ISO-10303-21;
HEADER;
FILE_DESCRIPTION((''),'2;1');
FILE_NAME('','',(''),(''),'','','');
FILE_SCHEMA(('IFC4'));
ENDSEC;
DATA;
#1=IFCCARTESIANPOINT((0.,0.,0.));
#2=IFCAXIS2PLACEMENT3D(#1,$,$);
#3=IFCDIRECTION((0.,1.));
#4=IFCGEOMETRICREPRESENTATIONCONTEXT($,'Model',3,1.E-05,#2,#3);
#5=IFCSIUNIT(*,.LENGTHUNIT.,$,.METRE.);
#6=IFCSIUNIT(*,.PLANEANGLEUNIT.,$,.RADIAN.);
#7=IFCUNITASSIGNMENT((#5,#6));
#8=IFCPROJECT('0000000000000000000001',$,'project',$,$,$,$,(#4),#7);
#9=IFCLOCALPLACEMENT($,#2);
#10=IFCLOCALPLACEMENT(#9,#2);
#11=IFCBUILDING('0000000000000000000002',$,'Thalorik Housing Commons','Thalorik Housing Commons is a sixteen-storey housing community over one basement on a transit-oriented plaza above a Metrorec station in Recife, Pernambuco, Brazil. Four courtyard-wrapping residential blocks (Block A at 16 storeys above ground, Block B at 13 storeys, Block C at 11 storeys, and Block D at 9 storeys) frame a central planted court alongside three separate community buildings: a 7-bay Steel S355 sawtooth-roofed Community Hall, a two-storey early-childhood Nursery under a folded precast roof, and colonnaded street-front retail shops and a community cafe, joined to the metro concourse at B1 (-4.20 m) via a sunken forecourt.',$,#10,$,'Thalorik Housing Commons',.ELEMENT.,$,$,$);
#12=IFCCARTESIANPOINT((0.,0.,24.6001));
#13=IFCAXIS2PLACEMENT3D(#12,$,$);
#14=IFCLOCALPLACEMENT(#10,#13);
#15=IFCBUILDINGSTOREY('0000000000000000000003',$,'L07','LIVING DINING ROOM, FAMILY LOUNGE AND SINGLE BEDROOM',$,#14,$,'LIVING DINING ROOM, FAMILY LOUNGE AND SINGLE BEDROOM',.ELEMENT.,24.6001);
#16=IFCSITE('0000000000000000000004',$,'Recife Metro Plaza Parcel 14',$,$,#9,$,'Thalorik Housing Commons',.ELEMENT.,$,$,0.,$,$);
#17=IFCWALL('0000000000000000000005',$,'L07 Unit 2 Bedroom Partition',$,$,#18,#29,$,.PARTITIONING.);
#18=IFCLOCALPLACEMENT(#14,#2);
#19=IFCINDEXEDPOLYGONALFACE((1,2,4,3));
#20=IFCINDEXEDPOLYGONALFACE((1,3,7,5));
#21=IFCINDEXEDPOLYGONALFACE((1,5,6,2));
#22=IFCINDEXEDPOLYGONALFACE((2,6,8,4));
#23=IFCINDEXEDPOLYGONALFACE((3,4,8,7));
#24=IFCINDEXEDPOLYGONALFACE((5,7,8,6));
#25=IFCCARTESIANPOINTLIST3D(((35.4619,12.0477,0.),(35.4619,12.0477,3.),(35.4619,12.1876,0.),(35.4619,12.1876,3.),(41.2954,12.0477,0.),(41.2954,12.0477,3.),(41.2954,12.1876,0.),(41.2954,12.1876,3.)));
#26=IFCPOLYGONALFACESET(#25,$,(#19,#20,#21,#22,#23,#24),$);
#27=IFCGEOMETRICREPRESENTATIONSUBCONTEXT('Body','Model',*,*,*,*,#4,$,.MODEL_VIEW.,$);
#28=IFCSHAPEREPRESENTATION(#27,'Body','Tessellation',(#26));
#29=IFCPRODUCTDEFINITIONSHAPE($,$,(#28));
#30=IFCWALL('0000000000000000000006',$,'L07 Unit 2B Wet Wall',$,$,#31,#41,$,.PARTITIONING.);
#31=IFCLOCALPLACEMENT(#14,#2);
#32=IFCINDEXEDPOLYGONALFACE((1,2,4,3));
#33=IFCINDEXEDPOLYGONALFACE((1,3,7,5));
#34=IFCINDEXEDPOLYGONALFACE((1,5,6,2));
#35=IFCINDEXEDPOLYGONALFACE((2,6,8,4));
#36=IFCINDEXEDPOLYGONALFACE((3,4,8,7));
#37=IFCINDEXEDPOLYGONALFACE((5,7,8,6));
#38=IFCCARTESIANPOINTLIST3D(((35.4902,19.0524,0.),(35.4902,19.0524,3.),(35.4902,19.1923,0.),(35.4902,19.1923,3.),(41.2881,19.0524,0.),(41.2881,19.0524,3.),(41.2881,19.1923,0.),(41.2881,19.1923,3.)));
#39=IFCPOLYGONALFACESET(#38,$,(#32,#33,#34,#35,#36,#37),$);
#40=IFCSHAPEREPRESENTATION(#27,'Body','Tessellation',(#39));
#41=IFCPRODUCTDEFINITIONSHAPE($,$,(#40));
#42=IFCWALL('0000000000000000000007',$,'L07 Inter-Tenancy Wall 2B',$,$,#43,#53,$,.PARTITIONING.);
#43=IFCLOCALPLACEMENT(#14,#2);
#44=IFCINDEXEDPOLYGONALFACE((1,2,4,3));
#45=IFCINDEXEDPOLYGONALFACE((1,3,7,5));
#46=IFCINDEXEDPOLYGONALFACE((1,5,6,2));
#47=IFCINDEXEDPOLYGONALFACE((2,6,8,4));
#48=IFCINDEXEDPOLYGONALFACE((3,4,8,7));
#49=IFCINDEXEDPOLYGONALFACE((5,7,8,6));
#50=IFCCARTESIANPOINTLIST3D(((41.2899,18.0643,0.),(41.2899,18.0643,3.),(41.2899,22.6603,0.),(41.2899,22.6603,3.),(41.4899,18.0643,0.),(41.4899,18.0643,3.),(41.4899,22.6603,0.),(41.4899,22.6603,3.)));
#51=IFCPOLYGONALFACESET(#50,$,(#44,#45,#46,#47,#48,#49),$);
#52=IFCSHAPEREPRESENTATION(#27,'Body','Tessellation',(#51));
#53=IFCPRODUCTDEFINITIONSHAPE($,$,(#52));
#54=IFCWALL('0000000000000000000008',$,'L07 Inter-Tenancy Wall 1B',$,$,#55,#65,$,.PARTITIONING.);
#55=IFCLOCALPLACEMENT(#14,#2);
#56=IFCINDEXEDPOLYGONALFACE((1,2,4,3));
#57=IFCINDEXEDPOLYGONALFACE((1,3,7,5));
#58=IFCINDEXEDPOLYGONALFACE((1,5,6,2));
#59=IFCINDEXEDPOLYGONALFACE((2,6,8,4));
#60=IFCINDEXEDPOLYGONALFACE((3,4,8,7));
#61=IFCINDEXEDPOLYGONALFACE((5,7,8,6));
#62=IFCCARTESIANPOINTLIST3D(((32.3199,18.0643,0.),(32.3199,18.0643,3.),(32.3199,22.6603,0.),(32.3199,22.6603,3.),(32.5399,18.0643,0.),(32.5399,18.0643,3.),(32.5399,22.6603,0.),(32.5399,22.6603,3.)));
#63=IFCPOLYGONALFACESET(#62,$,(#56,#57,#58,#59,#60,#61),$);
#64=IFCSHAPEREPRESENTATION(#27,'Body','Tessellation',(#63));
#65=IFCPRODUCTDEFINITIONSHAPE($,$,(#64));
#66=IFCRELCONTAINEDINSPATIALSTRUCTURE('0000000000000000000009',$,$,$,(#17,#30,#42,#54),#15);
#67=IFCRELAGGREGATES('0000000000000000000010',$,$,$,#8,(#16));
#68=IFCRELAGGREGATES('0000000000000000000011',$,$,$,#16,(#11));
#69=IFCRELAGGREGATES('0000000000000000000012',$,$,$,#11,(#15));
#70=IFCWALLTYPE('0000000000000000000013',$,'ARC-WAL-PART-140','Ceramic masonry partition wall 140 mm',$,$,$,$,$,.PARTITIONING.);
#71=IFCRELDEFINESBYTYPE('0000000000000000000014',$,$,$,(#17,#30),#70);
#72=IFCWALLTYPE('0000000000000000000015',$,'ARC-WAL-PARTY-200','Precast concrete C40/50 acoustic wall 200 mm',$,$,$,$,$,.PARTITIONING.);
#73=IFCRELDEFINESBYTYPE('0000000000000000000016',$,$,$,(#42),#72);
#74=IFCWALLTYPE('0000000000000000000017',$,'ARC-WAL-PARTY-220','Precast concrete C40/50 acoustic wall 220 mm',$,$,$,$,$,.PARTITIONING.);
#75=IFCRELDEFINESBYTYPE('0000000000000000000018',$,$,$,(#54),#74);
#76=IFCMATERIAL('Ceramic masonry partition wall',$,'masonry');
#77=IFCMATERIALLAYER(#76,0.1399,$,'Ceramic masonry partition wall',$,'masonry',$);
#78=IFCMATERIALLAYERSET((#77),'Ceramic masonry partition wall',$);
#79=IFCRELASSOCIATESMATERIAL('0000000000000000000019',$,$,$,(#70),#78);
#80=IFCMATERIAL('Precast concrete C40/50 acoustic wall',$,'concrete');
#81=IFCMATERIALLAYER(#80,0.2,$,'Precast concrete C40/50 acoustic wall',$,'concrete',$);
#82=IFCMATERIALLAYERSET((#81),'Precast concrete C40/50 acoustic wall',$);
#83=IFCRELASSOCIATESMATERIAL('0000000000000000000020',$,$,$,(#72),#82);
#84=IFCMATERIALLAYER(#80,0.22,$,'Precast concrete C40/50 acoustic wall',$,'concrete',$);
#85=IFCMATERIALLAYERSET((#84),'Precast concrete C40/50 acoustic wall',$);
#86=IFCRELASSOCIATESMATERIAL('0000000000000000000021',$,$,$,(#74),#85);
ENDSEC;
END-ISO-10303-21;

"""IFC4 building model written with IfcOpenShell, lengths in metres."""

from ifc_helpers import new_model, si_unit, direction, frame, frame_2d, origin, place, context, subcontext, project, spatial, rectangle, extrude, material, layer, layer_set, type_object, element, save


model = new_model("IFC4")

# Units and contexts
model_context = context("Model", 3, precision=1e-05, world=origin(), true_north=direction((0.0, 1.0)))
body_context = subcontext(model_context, "Body", "Model", "MODEL_VIEW")
ifc_project = project(units=[si_unit("LENGTHUNIT", "METRE"), si_unit("PLANEANGLEUNIT", "RADIAN")], contexts=[model_context])

# Site, building, storey
site_placement = place(None, origin())
site = spatial("IfcSite", under=ifc_project, at=site_placement, Name="Recife Metro Plaza Parcel 14", LongName="Thalorik Housing Commons", CompositionType="ELEMENT", RefElevation=0.0)
building_placement = place(site_placement, origin())
building = spatial("IfcBuilding", under=site, at=building_placement, Name="Thalorik Housing Commons", Description="Thalorik Housing Commons is a sixteen-storey housing community over one basement on a transit-oriented plaza above a Metrorec station in Recife, Pernambuco, Brazil. Four courtyard-wrapping residential blocks (Block A at 16 storeys above ground, Block B at 13 storeys, Block C at 11 storeys, and Block D at 9 storeys) frame a central planted court alongside three separate community buildings: a 7-bay Steel S355 sawtooth-roofed Community Hall, a two-storey early-childhood Nursery under a folded precast roof, and colonnaded street-front retail shops and a community cafe, joined to the metro concourse at B1 (-4.20 m) via a sunken forecourt.", LongName="Thalorik Housing Commons", CompositionType="ELEMENT")
storey_placement = place(building_placement, frame((0.0, 0.0, 24.6001)))
storey = spatial("IfcBuildingStorey", under=building, at=storey_placement, Name="L07", Description="LIVING DINING ROOM, FAMILY LOUNGE AND SINGLE BEDROOM", LongName="LIVING DINING ROOM, FAMILY LOUNGE AND SINGLE BEDROOM", CompositionType="ELEMENT", Elevation=24.6001)

# Walls
ifc_material_1 = material(Name="Ceramic masonry partition wall", Category="masonry")
ifc_layer_1 = layer(ifc_material_1, 0.1399, Name="Ceramic masonry partition wall", Category="masonry")
ifc_layer_set_1 = layer_set([ifc_layer_1], Name="Ceramic masonry partition wall")
wall_type_1 = type_object("IfcWallType", Name="ARC-WAL-PART-140", Description="Ceramic masonry partition wall 140 mm", PredefinedType="PARTITIONING", material=ifc_layer_set_1)
wall_1_placement = place(storey_placement, frame((35.4619, 12.1177, 0.0), z_axis=(0.0, 0.0, 1.0), x_axis=(1.0, 0.0, 0.0)))
element("IfcWall", 1, at=wall_1_placement, inside=storey, type_object=wall_type_1, Name="L07 Unit 2 Bedroom Partition", PredefinedType="PARTITIONING", context=body_context, shape_type="SweptSolid", body=[
    extrude(rectangle(XDim=5.8335, YDim=0.1399, at=frame_2d((2.9167, 0.0))), origin(), (0.0, 0.0, 1.0), 3.0),
])
wall_2_placement = place(storey_placement, frame((35.4902, 19.1223, 0.0), z_axis=(0.0, 0.0, 1.0), x_axis=(1.0, 0.0, 0.0)))
element("IfcWall", 2, at=wall_2_placement, inside=storey, type_object=wall_type_1, Name="L07 Unit 2B Wet Wall", PredefinedType="PARTITIONING", context=body_context, shape_type="SweptSolid", body=[
    extrude(rectangle(XDim=5.7979, YDim=0.1399, at=frame_2d((2.8989, 0.0))), origin(), (0.0, 0.0, 1.0), 3.0),
])
ifc_material_2 = material(Name="Precast concrete C40/50 acoustic wall", Category="concrete")
ifc_layer_2 = layer(ifc_material_2, 0.2, Name="Precast concrete C40/50 acoustic wall", Category="concrete")
ifc_layer_set_2 = layer_set([ifc_layer_2], Name="Precast concrete C40/50 acoustic wall")
wall_type_2 = type_object("IfcWallType", Name="ARC-WAL-PARTY-200", Description="Precast concrete C40/50 acoustic wall 200 mm", PredefinedType="PARTITIONING", material=ifc_layer_set_2)
wall_3_placement = place(storey_placement, frame((41.3899, 18.0645, 0.0), z_axis=(0.0, 0.0, 1.0), x_axis=(0.0, 1.0, 0.0)))
element("IfcWall", 3, at=wall_3_placement, inside=storey, type_object=wall_type_2, Name="L07 Inter-Tenancy Wall 2B", PredefinedType="PARTITIONING", context=body_context, shape_type="SweptSolid", body=[
    extrude(rectangle(XDim=4.5959, YDim=0.2, at=frame_2d((2.2979, 0.0))), origin(), (0.0, 0.0, 1.0), 3.0),
])
ifc_layer_3 = layer(ifc_material_2, 0.22, Name="Precast concrete C40/50 acoustic wall", Category="concrete")
ifc_layer_set_3 = layer_set([ifc_layer_3], Name="Precast concrete C40/50 acoustic wall")
wall_type_3 = type_object("IfcWallType", Name="ARC-WAL-PARTY-220", Description="Precast concrete C40/50 acoustic wall 220 mm", PredefinedType="PARTITIONING", material=ifc_layer_set_3)
wall_4_placement = place(storey_placement, frame((32.4299, 18.0645, 0.0), z_axis=(0.0, 0.0, 1.0), x_axis=(0.0, 1.0, 0.0)))
element("IfcWall", 4, at=wall_4_placement, inside=storey, type_object=wall_type_3, Name="L07 Inter-Tenancy Wall 1B", PredefinedType="PARTITIONING", context=body_context, shape_type="SweptSolid", body=[
    extrude(rectangle(XDim=4.5959, YDim=0.22, at=frame_2d((2.2979, 0.0))), origin(), (0.0, 0.0, 1.0), 3.0),
])

save(model, "model.ifc")
